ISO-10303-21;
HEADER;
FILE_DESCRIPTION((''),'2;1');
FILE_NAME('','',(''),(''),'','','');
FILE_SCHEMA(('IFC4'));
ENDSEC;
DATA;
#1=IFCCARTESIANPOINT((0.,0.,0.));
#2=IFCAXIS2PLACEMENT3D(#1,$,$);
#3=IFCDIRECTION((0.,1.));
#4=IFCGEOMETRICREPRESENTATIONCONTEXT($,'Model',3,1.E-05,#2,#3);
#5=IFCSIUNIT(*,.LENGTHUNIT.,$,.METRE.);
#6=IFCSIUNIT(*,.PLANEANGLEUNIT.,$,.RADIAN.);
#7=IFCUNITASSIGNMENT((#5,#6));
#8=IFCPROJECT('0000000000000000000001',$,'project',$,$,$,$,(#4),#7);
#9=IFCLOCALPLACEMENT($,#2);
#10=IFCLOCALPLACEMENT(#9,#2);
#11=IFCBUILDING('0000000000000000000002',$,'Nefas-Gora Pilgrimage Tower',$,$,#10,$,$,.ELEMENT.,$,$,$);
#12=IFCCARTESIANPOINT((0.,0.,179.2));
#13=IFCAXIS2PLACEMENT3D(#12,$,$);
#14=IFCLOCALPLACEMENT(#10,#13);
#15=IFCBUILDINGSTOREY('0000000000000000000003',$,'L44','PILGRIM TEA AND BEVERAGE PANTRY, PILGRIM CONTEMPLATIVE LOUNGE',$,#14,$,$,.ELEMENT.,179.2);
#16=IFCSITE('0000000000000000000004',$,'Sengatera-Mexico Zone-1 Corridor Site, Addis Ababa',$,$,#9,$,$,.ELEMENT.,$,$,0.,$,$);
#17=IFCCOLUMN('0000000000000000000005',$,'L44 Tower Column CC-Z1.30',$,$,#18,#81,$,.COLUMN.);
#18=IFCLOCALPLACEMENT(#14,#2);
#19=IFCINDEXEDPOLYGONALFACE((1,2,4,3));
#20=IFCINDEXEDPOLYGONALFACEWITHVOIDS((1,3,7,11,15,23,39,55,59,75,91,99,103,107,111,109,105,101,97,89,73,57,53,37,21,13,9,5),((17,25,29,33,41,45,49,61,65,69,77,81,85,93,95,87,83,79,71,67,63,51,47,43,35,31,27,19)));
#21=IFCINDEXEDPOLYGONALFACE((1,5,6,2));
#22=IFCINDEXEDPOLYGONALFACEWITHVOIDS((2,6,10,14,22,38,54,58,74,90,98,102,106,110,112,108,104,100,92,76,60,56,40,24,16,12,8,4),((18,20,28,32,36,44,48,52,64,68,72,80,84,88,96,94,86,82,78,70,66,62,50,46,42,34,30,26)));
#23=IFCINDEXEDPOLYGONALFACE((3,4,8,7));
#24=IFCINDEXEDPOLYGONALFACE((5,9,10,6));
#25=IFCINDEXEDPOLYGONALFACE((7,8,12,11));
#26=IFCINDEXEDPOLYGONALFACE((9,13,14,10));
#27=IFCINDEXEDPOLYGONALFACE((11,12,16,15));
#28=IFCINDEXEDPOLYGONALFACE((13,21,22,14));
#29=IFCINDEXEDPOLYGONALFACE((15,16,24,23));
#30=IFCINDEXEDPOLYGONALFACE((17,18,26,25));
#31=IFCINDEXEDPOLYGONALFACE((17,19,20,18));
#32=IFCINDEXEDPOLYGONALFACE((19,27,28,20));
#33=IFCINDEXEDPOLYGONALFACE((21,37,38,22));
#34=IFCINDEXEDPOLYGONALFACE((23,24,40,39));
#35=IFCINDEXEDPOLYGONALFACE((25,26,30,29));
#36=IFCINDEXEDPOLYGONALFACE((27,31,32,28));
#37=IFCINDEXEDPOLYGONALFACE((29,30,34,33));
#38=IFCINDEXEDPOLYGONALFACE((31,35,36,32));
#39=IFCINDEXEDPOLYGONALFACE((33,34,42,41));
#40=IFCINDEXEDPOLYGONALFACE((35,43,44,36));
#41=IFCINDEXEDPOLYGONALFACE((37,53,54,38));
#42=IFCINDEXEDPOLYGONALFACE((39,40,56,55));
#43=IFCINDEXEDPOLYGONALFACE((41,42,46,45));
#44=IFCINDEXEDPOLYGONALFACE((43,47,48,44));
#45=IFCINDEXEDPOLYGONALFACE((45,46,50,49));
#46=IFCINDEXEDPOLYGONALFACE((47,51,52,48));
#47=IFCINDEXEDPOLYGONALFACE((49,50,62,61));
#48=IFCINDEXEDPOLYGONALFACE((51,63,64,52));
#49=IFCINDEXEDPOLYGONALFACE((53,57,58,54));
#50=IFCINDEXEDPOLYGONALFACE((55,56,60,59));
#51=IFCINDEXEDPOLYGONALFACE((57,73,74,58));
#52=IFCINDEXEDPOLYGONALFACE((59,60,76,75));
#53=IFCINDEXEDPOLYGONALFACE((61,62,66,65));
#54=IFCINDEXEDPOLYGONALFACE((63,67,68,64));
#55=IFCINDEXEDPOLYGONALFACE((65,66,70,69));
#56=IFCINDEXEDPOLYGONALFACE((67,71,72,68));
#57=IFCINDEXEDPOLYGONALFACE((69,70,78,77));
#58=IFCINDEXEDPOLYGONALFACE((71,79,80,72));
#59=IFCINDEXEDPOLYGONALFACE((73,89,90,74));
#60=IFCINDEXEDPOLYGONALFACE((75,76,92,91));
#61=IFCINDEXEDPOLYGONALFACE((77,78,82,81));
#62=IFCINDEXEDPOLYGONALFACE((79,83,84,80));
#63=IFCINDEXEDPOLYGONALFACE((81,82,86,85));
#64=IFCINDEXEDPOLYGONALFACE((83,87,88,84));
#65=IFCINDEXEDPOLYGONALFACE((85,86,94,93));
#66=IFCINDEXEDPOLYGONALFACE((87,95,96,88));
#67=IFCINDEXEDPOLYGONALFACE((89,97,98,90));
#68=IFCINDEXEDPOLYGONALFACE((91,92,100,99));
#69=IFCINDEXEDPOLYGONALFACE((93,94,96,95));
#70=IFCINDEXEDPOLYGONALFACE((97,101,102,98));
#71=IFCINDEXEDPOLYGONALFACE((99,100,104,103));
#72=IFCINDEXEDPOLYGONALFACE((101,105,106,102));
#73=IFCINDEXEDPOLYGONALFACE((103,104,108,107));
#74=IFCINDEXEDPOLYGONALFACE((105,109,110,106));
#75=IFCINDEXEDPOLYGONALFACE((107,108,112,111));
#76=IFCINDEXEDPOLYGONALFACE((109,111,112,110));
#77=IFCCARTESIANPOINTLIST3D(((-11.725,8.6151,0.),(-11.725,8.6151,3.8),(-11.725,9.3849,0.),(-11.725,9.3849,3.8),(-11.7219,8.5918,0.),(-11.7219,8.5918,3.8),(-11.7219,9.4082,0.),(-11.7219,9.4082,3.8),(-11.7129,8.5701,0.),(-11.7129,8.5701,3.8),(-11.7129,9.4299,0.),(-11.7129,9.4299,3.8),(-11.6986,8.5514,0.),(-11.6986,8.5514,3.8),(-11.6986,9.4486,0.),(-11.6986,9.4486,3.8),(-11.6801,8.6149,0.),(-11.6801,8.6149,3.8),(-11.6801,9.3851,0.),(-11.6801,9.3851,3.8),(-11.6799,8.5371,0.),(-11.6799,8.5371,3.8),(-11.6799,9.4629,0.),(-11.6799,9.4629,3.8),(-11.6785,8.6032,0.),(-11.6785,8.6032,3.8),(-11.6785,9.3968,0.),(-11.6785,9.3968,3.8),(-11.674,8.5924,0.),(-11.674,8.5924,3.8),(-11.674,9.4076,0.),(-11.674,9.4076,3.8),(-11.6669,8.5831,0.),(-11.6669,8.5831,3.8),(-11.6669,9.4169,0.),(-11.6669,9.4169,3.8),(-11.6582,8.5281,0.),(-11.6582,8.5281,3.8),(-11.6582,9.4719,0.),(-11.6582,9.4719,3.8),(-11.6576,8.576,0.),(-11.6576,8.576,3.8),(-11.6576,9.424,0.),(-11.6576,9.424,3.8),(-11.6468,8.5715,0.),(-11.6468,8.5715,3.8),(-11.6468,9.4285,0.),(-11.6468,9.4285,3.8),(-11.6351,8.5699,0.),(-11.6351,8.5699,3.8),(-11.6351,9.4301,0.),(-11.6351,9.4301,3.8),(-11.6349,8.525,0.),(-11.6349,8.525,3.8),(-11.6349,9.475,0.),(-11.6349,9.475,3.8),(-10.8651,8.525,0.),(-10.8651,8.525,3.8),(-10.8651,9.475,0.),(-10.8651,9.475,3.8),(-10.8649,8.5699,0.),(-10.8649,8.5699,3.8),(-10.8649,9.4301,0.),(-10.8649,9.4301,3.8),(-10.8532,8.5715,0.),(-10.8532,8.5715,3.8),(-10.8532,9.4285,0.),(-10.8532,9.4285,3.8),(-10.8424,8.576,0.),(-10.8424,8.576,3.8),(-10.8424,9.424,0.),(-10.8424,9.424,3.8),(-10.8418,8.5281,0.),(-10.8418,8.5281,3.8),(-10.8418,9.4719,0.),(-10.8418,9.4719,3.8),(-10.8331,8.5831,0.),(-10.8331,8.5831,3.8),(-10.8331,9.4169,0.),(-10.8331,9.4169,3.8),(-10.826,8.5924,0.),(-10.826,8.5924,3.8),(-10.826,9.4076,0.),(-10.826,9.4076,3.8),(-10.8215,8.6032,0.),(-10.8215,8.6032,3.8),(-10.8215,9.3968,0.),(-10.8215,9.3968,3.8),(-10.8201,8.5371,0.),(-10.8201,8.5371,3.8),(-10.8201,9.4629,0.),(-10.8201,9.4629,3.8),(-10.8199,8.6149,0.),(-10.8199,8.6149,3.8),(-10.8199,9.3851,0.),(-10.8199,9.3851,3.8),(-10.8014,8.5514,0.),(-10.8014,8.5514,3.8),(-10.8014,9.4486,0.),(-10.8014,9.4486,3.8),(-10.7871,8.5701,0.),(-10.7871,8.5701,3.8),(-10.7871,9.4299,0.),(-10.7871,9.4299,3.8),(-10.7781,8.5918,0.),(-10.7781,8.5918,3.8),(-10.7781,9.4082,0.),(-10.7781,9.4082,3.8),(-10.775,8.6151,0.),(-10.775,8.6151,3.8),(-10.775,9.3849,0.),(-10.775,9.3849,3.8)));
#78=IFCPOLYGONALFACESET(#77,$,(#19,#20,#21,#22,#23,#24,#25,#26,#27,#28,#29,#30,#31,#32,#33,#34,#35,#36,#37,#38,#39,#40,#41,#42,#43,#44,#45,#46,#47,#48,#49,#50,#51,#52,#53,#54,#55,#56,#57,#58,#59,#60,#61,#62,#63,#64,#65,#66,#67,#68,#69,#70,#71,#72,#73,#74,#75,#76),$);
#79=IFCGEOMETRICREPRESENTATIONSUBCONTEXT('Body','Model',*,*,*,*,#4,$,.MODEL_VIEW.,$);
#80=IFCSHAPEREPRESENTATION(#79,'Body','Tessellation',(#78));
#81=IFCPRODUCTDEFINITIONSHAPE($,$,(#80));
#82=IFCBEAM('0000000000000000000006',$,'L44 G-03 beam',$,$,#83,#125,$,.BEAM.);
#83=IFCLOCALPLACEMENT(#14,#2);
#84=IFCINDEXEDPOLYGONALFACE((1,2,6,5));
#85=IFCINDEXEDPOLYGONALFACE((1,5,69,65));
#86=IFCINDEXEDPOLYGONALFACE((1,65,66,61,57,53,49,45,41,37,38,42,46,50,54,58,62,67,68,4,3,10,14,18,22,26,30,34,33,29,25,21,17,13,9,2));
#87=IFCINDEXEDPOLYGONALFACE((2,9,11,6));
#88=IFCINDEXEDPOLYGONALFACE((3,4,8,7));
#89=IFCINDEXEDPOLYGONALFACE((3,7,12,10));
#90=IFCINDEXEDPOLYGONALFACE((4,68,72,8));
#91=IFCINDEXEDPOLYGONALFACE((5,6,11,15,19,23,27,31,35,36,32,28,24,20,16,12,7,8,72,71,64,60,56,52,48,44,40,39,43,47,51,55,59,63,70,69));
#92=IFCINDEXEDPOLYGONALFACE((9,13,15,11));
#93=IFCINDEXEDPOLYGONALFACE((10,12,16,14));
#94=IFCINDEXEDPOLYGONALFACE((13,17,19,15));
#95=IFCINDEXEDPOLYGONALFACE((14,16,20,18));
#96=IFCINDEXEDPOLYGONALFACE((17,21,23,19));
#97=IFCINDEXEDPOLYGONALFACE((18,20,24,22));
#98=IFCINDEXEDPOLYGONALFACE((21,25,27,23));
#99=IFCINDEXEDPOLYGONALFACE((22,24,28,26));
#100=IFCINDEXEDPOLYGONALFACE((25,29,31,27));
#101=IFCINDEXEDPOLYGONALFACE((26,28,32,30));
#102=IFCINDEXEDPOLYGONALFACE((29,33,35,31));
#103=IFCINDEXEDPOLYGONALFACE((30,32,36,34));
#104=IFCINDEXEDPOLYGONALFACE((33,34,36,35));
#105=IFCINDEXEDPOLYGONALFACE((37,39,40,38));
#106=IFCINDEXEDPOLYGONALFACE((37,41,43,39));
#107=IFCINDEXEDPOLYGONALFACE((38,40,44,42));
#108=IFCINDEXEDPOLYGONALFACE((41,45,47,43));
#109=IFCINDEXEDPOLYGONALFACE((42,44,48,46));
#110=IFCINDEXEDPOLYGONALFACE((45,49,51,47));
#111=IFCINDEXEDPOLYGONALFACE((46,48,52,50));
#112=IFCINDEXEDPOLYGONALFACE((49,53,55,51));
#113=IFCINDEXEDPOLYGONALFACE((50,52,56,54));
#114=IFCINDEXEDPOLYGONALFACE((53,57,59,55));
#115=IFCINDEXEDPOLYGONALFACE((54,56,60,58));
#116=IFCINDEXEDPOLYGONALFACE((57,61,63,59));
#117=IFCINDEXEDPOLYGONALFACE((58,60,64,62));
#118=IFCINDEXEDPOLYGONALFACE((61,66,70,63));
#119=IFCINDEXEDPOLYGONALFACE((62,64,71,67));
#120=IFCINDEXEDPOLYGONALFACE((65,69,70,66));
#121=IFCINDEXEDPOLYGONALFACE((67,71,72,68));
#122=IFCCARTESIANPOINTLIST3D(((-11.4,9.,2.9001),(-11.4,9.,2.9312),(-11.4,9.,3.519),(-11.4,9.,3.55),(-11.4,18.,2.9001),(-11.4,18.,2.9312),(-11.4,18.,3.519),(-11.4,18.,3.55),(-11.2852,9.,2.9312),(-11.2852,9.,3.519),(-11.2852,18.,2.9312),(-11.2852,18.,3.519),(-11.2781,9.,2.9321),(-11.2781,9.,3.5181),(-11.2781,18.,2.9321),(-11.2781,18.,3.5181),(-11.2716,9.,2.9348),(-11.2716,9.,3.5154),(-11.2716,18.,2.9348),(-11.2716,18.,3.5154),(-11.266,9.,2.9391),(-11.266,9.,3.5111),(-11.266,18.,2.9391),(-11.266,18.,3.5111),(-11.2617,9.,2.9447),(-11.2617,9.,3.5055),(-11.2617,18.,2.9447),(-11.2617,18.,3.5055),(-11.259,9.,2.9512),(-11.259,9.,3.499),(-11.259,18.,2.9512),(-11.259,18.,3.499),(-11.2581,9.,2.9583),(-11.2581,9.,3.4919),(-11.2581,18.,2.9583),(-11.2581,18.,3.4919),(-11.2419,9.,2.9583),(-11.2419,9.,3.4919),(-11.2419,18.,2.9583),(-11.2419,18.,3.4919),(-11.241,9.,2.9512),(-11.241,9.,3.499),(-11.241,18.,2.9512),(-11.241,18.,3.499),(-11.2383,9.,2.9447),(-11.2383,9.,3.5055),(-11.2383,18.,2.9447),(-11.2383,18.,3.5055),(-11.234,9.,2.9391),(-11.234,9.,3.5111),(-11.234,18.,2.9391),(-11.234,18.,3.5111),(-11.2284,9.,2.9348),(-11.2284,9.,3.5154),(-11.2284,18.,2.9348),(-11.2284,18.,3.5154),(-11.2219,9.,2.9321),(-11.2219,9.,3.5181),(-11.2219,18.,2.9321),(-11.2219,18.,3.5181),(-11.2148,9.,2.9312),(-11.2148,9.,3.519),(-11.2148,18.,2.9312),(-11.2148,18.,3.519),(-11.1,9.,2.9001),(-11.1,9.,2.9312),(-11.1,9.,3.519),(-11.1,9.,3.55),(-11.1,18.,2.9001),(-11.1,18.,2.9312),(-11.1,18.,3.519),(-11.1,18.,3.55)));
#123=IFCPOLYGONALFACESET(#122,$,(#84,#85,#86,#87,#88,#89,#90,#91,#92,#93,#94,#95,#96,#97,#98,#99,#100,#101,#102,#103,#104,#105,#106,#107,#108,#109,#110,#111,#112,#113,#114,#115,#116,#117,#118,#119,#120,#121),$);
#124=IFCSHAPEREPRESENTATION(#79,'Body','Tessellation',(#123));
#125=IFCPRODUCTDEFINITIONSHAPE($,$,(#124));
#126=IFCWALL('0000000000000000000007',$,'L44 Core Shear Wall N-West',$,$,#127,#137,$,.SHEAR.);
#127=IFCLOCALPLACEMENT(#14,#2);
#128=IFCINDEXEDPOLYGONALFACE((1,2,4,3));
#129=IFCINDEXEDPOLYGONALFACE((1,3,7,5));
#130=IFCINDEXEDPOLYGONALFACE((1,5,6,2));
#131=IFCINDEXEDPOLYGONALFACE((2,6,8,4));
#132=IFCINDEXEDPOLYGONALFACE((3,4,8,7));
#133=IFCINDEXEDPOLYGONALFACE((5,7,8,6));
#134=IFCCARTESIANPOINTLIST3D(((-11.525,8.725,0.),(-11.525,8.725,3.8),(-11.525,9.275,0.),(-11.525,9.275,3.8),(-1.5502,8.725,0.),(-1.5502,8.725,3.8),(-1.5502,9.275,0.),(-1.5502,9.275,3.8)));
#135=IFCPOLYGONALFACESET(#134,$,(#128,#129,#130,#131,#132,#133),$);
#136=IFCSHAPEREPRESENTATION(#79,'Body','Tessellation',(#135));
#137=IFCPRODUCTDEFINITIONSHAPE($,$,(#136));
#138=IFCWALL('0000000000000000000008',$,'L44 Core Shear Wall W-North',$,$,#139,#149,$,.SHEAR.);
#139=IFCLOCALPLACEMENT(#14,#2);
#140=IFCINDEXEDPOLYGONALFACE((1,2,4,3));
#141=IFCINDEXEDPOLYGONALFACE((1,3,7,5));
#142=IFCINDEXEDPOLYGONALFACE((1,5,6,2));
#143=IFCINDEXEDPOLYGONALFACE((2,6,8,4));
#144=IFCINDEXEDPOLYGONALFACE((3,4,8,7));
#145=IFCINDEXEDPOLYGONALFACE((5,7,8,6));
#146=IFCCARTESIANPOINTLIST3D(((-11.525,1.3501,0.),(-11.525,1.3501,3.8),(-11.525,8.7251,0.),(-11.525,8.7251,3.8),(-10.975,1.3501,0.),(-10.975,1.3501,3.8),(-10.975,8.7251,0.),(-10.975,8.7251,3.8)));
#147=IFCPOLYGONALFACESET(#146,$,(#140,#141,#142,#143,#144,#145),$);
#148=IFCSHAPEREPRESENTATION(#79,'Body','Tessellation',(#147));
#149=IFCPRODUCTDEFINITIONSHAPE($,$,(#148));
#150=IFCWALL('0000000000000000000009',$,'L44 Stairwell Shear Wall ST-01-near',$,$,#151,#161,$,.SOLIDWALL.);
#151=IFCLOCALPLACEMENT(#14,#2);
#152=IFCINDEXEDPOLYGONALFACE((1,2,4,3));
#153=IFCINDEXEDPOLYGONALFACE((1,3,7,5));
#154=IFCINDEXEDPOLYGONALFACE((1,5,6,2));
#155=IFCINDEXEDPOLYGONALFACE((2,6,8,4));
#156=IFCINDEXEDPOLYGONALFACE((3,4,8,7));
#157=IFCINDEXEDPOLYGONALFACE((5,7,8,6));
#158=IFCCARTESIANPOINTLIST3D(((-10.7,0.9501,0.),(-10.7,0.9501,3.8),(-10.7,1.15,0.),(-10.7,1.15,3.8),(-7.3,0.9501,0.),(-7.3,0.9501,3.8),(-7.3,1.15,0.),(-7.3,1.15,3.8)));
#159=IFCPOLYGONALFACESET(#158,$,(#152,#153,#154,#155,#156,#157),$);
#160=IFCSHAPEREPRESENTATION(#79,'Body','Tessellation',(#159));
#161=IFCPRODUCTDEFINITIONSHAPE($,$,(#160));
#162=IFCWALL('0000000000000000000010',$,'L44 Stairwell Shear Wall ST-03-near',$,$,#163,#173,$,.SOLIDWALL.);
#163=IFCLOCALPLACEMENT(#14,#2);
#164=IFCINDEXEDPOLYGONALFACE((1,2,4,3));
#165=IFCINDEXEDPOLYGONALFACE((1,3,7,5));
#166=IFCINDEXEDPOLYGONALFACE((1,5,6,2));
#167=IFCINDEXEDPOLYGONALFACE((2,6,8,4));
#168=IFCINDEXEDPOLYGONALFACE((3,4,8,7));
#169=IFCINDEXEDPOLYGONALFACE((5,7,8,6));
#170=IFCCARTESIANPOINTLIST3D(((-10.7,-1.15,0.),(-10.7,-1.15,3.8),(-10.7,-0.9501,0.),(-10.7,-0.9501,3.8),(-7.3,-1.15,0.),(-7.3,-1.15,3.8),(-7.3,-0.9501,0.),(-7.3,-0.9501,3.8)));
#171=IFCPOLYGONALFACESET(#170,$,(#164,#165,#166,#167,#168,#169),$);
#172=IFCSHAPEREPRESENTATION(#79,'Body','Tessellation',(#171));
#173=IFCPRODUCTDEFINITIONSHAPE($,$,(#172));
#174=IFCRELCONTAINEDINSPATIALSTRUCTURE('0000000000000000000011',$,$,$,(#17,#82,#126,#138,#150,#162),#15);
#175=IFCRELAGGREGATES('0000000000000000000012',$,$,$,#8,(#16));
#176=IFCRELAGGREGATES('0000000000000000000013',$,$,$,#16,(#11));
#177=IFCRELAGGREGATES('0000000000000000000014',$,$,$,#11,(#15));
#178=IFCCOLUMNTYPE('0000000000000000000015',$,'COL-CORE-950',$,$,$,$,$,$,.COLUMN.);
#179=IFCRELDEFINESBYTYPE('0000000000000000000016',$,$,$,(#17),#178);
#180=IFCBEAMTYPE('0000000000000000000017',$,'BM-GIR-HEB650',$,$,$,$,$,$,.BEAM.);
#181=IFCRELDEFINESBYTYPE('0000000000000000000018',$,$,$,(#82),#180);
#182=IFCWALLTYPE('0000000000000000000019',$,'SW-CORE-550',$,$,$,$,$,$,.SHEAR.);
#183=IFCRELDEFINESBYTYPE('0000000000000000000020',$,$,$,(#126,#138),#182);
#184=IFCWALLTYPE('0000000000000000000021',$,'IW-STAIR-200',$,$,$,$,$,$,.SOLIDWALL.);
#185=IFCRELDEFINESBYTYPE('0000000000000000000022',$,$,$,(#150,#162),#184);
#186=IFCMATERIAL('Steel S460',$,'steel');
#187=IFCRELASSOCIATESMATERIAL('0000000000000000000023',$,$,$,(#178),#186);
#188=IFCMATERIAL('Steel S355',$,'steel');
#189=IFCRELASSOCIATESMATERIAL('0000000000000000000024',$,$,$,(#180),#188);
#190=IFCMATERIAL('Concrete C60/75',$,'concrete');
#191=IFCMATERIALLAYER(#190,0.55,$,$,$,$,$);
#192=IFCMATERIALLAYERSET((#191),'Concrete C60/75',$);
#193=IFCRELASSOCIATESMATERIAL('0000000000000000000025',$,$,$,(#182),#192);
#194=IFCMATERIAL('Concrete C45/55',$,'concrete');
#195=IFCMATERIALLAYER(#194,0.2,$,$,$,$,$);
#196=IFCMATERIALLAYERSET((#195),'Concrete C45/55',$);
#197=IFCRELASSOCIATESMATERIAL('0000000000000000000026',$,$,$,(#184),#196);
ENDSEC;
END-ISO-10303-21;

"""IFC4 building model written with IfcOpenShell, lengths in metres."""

from ifc_helpers import new_model, si_unit, direction, frame, frame_2d, origin, origin_2d, place, context, subcontext, project, spatial, rectangle, hollow_rectangle, i_section, extrude, source, transform, mapped, material, layer, layer_set, material_profile, profile_set, type_object, element, save


model = new_model("IFC4")

# Units and contexts
model_context = context("Model", 3, precision=1e-05, world=origin(), true_north=direction((0.0, 1.0)))
body_context = subcontext(model_context, "Body", "Model", "MODEL_VIEW")
ifc_project = project(units=[si_unit("LENGTHUNIT", "METRE"), si_unit("PLANEANGLEUNIT", "RADIAN")], contexts=[model_context])

# Site, building, storey
site_placement = place(None, origin())
site = spatial("IfcSite", under=ifc_project, at=site_placement, Name="Sengatera-Mexico Zone-1 Corridor Site, Addis Ababa", CompositionType="ELEMENT", RefElevation=0.0)
building_placement = place(site_placement, origin())
building = spatial("IfcBuilding", under=site, at=building_placement, Name="Nefas-Gora Pilgrimage Tower", CompositionType="ELEMENT")
storey_placement = place(building_placement, frame((0.0, 0.0, 179.2)))
storey = spatial("IfcBuildingStorey", under=building, at=storey_placement, Name="L44", Description="PILGRIM TEA AND BEVERAGE PANTRY, PILGRIM CONTEMPLATIVE LOUNGE", CompositionType="ELEMENT", Elevation=179.2)

# Column
ifc_material_1 = material(Name="Steel S460", Category="steel")
ifc_material_profile_1 = material_profile(ifc_material_1, hollow_rectangle(XDim=0.95, YDim=0.95, WallThickness=0.0449, InnerFilletRadius=0.0449, OuterFilletRadius=0.0901, at=origin_2d()), Name="BOX 950x950x45")
ifc_profile_set_1 = profile_set([ifc_material_profile_1], Name="Steel S460")
column_type = type_object("IfcColumnType", Name="COL-CORE-950", PredefinedType="COLUMN", material=ifc_profile_set_1)
shared_shape_1 = source(origin(), body_context, "Body", "SweptSolid", [
    extrude(hollow_rectangle(XDim=0.95, YDim=0.95, WallThickness=0.0449, InnerFilletRadius=0.0449, OuterFilletRadius=0.0901, at=origin_2d()), origin(), (0.0, 0.0, 1.0), 3.8),
])
column_placement = place(storey_placement, frame((-11.25, 9.0, 0.0), z_axis=(0.0, 0.0, 1.0), x_axis=(1.0, 0.0, 0.0)))
element("IfcColumn", 1, at=column_placement, inside=storey, type_object=column_type, Name="L44 Tower Column CC-Z1.30", PredefinedType="COLUMN", context=body_context, shape_type="MappedRepresentation", body=[
    mapped(shared_shape_1, transform((0.0, 0.0, 0.0), x_axis=(1.0, 0.0, 0.0), y_axis=(0.0, 1.0, 0.0), z_axis=(0.0, 0.0, 1.0), scale=1.0)),
])

# Beam
ifc_material_2 = material(Name="Steel S355", Category="steel")
ifc_material_profile_2 = material_profile(ifc_material_2, i_section(OverallWidth=0.3, OverallDepth=0.6499, WebThickness=0.0161, FlangeThickness=0.031, FilletRadius=0.0271, at=origin_2d()), Name="HEB 650")
ifc_profile_set_2 = profile_set([ifc_material_profile_2], Name="Steel S355")
beam_type = type_object("IfcBeamType", Name="BM-GIR-HEB650", PredefinedType="BEAM", material=ifc_profile_set_2)
shared_shape_2 = source(origin(), body_context, "Body", "SweptSolid", [
    extrude(i_section(OverallWidth=0.3, OverallDepth=0.6499, WebThickness=0.0161, FlangeThickness=0.031, FilletRadius=0.0271, at=origin_2d()), origin(), (0.0, 0.0, 1.0), 9.0),
])
beam_placement = place(storey_placement, frame((-11.25, 9.0, 3.2251), z_axis=(0.0, 1.0, 0.0), x_axis=(-1.0, 0.0, 0.0)))
element("IfcBeam", 2, at=beam_placement, inside=storey, type_object=beam_type, Name="L44 G-03 beam", PredefinedType="BEAM", context=body_context, shape_type="MappedRepresentation", body=[
    mapped(shared_shape_2, transform((0.0, 0.0, 0.0), x_axis=(1.0, 0.0, 0.0), y_axis=(0.0, 1.0, 0.0), z_axis=(0.0, 0.0, 1.0), scale=1.0)),
])

# Walls
ifc_material_3 = material(Name="Concrete C60/75", Category="concrete")
ifc_layer_1 = layer(ifc_material_3, 0.55)
ifc_layer_set_1 = layer_set([ifc_layer_1], Name="Concrete C60/75")
wall_type_1 = type_object("IfcWallType", Name="SW-CORE-550", PredefinedType="SHEAR", material=ifc_layer_set_1)
shared_shape_3 = source(origin(), body_context, "Body", "SweptSolid", [
    extrude(rectangle(XDim=9.9749, YDim=0.55, at=frame_2d((4.9873, 0.0))), origin(), (0.0, 0.0, 1.0), 3.8),
])
wall_1_placement = place(storey_placement, frame((-11.5249, 9.0, 0.0), z_axis=(0.0, 0.0, 1.0), x_axis=(1.0, 0.0, 0.0)))
element("IfcWall", 3, at=wall_1_placement, inside=storey, type_object=wall_type_1, Name="L44 Core Shear Wall N-West", PredefinedType="SHEAR", context=body_context, shape_type="MappedRepresentation", body=[
    mapped(shared_shape_3, transform((0.0, 0.0, 0.0), x_axis=(1.0, 0.0, 0.0), y_axis=(0.0, 1.0, 0.0), z_axis=(0.0, 0.0, 1.0), scale=1.0)),
])
shared_shape_4 = source(origin(), body_context, "Body", "SweptSolid", [
    extrude(rectangle(XDim=7.375, YDim=0.55, at=frame_2d((3.6875, 0.0))), origin(), (0.0, 0.0, 1.0), 3.8),
])
wall_2_placement = place(storey_placement, frame((-11.25, 1.3501, 0.0), z_axis=(0.0, 0.0, 1.0), x_axis=(0.0, 1.0, 0.0)))
element("IfcWall", 4, at=wall_2_placement, inside=storey, type_object=wall_type_1, Name="L44 Core Shear Wall W-North", PredefinedType="SHEAR", context=body_context, shape_type="MappedRepresentation", body=[
    mapped(shared_shape_4, transform((0.0, 0.0, 0.0), x_axis=(1.0, 0.0, 0.0), y_axis=(0.0, 1.0, 0.0), z_axis=(0.0, 0.0, 1.0), scale=1.0)),
])
ifc_material_4 = material(Name="Concrete C45/55", Category="concrete")
ifc_layer_2 = layer(ifc_material_4, 0.2)
ifc_layer_set_2 = layer_set([ifc_layer_2], Name="Concrete C45/55")
wall_type_2 = type_object("IfcWallType", Name="IW-STAIR-200", PredefinedType="SOLIDWALL", material=ifc_layer_set_2)
shared_shape_5 = source(origin(), body_context, "Body", "SweptSolid", [
    extrude(rectangle(XDim=3.3999, YDim=0.2, at=frame_2d((1.7, 0.0))), origin(), (0.0, 0.0, 1.0), 3.8),
])
for number, where, z_axis, x_axis, name in (
    (5, (-7.3, 1.05, 0.0), (0.0, 0.0, 1.0), (-1.0, 0.0, 0.0), "L44 Stairwell Shear Wall ST-01-near"),
    (6, (-10.7, -1.05, 0.0), (0.0, 0.0, 1.0), (1.0, 0.0, 0.0), "L44 Stairwell Shear Wall ST-03-near"),
):
    element("IfcWall", number, at=place(storey_placement, frame(where, z_axis=z_axis, x_axis=x_axis)), inside=storey, type_object=wall_type_2, Name=name, PredefinedType="SOLIDWALL", context=body_context, shape_type="MappedRepresentation", body=[
        mapped(shared_shape_5, transform((0.0, 0.0, 0.0), x_axis=(1.0, 0.0, 0.0), y_axis=(0.0, 1.0, 0.0), z_axis=(0.0, 0.0, 1.0), scale=1.0)),
    ])

save(model, "model.ifc")
